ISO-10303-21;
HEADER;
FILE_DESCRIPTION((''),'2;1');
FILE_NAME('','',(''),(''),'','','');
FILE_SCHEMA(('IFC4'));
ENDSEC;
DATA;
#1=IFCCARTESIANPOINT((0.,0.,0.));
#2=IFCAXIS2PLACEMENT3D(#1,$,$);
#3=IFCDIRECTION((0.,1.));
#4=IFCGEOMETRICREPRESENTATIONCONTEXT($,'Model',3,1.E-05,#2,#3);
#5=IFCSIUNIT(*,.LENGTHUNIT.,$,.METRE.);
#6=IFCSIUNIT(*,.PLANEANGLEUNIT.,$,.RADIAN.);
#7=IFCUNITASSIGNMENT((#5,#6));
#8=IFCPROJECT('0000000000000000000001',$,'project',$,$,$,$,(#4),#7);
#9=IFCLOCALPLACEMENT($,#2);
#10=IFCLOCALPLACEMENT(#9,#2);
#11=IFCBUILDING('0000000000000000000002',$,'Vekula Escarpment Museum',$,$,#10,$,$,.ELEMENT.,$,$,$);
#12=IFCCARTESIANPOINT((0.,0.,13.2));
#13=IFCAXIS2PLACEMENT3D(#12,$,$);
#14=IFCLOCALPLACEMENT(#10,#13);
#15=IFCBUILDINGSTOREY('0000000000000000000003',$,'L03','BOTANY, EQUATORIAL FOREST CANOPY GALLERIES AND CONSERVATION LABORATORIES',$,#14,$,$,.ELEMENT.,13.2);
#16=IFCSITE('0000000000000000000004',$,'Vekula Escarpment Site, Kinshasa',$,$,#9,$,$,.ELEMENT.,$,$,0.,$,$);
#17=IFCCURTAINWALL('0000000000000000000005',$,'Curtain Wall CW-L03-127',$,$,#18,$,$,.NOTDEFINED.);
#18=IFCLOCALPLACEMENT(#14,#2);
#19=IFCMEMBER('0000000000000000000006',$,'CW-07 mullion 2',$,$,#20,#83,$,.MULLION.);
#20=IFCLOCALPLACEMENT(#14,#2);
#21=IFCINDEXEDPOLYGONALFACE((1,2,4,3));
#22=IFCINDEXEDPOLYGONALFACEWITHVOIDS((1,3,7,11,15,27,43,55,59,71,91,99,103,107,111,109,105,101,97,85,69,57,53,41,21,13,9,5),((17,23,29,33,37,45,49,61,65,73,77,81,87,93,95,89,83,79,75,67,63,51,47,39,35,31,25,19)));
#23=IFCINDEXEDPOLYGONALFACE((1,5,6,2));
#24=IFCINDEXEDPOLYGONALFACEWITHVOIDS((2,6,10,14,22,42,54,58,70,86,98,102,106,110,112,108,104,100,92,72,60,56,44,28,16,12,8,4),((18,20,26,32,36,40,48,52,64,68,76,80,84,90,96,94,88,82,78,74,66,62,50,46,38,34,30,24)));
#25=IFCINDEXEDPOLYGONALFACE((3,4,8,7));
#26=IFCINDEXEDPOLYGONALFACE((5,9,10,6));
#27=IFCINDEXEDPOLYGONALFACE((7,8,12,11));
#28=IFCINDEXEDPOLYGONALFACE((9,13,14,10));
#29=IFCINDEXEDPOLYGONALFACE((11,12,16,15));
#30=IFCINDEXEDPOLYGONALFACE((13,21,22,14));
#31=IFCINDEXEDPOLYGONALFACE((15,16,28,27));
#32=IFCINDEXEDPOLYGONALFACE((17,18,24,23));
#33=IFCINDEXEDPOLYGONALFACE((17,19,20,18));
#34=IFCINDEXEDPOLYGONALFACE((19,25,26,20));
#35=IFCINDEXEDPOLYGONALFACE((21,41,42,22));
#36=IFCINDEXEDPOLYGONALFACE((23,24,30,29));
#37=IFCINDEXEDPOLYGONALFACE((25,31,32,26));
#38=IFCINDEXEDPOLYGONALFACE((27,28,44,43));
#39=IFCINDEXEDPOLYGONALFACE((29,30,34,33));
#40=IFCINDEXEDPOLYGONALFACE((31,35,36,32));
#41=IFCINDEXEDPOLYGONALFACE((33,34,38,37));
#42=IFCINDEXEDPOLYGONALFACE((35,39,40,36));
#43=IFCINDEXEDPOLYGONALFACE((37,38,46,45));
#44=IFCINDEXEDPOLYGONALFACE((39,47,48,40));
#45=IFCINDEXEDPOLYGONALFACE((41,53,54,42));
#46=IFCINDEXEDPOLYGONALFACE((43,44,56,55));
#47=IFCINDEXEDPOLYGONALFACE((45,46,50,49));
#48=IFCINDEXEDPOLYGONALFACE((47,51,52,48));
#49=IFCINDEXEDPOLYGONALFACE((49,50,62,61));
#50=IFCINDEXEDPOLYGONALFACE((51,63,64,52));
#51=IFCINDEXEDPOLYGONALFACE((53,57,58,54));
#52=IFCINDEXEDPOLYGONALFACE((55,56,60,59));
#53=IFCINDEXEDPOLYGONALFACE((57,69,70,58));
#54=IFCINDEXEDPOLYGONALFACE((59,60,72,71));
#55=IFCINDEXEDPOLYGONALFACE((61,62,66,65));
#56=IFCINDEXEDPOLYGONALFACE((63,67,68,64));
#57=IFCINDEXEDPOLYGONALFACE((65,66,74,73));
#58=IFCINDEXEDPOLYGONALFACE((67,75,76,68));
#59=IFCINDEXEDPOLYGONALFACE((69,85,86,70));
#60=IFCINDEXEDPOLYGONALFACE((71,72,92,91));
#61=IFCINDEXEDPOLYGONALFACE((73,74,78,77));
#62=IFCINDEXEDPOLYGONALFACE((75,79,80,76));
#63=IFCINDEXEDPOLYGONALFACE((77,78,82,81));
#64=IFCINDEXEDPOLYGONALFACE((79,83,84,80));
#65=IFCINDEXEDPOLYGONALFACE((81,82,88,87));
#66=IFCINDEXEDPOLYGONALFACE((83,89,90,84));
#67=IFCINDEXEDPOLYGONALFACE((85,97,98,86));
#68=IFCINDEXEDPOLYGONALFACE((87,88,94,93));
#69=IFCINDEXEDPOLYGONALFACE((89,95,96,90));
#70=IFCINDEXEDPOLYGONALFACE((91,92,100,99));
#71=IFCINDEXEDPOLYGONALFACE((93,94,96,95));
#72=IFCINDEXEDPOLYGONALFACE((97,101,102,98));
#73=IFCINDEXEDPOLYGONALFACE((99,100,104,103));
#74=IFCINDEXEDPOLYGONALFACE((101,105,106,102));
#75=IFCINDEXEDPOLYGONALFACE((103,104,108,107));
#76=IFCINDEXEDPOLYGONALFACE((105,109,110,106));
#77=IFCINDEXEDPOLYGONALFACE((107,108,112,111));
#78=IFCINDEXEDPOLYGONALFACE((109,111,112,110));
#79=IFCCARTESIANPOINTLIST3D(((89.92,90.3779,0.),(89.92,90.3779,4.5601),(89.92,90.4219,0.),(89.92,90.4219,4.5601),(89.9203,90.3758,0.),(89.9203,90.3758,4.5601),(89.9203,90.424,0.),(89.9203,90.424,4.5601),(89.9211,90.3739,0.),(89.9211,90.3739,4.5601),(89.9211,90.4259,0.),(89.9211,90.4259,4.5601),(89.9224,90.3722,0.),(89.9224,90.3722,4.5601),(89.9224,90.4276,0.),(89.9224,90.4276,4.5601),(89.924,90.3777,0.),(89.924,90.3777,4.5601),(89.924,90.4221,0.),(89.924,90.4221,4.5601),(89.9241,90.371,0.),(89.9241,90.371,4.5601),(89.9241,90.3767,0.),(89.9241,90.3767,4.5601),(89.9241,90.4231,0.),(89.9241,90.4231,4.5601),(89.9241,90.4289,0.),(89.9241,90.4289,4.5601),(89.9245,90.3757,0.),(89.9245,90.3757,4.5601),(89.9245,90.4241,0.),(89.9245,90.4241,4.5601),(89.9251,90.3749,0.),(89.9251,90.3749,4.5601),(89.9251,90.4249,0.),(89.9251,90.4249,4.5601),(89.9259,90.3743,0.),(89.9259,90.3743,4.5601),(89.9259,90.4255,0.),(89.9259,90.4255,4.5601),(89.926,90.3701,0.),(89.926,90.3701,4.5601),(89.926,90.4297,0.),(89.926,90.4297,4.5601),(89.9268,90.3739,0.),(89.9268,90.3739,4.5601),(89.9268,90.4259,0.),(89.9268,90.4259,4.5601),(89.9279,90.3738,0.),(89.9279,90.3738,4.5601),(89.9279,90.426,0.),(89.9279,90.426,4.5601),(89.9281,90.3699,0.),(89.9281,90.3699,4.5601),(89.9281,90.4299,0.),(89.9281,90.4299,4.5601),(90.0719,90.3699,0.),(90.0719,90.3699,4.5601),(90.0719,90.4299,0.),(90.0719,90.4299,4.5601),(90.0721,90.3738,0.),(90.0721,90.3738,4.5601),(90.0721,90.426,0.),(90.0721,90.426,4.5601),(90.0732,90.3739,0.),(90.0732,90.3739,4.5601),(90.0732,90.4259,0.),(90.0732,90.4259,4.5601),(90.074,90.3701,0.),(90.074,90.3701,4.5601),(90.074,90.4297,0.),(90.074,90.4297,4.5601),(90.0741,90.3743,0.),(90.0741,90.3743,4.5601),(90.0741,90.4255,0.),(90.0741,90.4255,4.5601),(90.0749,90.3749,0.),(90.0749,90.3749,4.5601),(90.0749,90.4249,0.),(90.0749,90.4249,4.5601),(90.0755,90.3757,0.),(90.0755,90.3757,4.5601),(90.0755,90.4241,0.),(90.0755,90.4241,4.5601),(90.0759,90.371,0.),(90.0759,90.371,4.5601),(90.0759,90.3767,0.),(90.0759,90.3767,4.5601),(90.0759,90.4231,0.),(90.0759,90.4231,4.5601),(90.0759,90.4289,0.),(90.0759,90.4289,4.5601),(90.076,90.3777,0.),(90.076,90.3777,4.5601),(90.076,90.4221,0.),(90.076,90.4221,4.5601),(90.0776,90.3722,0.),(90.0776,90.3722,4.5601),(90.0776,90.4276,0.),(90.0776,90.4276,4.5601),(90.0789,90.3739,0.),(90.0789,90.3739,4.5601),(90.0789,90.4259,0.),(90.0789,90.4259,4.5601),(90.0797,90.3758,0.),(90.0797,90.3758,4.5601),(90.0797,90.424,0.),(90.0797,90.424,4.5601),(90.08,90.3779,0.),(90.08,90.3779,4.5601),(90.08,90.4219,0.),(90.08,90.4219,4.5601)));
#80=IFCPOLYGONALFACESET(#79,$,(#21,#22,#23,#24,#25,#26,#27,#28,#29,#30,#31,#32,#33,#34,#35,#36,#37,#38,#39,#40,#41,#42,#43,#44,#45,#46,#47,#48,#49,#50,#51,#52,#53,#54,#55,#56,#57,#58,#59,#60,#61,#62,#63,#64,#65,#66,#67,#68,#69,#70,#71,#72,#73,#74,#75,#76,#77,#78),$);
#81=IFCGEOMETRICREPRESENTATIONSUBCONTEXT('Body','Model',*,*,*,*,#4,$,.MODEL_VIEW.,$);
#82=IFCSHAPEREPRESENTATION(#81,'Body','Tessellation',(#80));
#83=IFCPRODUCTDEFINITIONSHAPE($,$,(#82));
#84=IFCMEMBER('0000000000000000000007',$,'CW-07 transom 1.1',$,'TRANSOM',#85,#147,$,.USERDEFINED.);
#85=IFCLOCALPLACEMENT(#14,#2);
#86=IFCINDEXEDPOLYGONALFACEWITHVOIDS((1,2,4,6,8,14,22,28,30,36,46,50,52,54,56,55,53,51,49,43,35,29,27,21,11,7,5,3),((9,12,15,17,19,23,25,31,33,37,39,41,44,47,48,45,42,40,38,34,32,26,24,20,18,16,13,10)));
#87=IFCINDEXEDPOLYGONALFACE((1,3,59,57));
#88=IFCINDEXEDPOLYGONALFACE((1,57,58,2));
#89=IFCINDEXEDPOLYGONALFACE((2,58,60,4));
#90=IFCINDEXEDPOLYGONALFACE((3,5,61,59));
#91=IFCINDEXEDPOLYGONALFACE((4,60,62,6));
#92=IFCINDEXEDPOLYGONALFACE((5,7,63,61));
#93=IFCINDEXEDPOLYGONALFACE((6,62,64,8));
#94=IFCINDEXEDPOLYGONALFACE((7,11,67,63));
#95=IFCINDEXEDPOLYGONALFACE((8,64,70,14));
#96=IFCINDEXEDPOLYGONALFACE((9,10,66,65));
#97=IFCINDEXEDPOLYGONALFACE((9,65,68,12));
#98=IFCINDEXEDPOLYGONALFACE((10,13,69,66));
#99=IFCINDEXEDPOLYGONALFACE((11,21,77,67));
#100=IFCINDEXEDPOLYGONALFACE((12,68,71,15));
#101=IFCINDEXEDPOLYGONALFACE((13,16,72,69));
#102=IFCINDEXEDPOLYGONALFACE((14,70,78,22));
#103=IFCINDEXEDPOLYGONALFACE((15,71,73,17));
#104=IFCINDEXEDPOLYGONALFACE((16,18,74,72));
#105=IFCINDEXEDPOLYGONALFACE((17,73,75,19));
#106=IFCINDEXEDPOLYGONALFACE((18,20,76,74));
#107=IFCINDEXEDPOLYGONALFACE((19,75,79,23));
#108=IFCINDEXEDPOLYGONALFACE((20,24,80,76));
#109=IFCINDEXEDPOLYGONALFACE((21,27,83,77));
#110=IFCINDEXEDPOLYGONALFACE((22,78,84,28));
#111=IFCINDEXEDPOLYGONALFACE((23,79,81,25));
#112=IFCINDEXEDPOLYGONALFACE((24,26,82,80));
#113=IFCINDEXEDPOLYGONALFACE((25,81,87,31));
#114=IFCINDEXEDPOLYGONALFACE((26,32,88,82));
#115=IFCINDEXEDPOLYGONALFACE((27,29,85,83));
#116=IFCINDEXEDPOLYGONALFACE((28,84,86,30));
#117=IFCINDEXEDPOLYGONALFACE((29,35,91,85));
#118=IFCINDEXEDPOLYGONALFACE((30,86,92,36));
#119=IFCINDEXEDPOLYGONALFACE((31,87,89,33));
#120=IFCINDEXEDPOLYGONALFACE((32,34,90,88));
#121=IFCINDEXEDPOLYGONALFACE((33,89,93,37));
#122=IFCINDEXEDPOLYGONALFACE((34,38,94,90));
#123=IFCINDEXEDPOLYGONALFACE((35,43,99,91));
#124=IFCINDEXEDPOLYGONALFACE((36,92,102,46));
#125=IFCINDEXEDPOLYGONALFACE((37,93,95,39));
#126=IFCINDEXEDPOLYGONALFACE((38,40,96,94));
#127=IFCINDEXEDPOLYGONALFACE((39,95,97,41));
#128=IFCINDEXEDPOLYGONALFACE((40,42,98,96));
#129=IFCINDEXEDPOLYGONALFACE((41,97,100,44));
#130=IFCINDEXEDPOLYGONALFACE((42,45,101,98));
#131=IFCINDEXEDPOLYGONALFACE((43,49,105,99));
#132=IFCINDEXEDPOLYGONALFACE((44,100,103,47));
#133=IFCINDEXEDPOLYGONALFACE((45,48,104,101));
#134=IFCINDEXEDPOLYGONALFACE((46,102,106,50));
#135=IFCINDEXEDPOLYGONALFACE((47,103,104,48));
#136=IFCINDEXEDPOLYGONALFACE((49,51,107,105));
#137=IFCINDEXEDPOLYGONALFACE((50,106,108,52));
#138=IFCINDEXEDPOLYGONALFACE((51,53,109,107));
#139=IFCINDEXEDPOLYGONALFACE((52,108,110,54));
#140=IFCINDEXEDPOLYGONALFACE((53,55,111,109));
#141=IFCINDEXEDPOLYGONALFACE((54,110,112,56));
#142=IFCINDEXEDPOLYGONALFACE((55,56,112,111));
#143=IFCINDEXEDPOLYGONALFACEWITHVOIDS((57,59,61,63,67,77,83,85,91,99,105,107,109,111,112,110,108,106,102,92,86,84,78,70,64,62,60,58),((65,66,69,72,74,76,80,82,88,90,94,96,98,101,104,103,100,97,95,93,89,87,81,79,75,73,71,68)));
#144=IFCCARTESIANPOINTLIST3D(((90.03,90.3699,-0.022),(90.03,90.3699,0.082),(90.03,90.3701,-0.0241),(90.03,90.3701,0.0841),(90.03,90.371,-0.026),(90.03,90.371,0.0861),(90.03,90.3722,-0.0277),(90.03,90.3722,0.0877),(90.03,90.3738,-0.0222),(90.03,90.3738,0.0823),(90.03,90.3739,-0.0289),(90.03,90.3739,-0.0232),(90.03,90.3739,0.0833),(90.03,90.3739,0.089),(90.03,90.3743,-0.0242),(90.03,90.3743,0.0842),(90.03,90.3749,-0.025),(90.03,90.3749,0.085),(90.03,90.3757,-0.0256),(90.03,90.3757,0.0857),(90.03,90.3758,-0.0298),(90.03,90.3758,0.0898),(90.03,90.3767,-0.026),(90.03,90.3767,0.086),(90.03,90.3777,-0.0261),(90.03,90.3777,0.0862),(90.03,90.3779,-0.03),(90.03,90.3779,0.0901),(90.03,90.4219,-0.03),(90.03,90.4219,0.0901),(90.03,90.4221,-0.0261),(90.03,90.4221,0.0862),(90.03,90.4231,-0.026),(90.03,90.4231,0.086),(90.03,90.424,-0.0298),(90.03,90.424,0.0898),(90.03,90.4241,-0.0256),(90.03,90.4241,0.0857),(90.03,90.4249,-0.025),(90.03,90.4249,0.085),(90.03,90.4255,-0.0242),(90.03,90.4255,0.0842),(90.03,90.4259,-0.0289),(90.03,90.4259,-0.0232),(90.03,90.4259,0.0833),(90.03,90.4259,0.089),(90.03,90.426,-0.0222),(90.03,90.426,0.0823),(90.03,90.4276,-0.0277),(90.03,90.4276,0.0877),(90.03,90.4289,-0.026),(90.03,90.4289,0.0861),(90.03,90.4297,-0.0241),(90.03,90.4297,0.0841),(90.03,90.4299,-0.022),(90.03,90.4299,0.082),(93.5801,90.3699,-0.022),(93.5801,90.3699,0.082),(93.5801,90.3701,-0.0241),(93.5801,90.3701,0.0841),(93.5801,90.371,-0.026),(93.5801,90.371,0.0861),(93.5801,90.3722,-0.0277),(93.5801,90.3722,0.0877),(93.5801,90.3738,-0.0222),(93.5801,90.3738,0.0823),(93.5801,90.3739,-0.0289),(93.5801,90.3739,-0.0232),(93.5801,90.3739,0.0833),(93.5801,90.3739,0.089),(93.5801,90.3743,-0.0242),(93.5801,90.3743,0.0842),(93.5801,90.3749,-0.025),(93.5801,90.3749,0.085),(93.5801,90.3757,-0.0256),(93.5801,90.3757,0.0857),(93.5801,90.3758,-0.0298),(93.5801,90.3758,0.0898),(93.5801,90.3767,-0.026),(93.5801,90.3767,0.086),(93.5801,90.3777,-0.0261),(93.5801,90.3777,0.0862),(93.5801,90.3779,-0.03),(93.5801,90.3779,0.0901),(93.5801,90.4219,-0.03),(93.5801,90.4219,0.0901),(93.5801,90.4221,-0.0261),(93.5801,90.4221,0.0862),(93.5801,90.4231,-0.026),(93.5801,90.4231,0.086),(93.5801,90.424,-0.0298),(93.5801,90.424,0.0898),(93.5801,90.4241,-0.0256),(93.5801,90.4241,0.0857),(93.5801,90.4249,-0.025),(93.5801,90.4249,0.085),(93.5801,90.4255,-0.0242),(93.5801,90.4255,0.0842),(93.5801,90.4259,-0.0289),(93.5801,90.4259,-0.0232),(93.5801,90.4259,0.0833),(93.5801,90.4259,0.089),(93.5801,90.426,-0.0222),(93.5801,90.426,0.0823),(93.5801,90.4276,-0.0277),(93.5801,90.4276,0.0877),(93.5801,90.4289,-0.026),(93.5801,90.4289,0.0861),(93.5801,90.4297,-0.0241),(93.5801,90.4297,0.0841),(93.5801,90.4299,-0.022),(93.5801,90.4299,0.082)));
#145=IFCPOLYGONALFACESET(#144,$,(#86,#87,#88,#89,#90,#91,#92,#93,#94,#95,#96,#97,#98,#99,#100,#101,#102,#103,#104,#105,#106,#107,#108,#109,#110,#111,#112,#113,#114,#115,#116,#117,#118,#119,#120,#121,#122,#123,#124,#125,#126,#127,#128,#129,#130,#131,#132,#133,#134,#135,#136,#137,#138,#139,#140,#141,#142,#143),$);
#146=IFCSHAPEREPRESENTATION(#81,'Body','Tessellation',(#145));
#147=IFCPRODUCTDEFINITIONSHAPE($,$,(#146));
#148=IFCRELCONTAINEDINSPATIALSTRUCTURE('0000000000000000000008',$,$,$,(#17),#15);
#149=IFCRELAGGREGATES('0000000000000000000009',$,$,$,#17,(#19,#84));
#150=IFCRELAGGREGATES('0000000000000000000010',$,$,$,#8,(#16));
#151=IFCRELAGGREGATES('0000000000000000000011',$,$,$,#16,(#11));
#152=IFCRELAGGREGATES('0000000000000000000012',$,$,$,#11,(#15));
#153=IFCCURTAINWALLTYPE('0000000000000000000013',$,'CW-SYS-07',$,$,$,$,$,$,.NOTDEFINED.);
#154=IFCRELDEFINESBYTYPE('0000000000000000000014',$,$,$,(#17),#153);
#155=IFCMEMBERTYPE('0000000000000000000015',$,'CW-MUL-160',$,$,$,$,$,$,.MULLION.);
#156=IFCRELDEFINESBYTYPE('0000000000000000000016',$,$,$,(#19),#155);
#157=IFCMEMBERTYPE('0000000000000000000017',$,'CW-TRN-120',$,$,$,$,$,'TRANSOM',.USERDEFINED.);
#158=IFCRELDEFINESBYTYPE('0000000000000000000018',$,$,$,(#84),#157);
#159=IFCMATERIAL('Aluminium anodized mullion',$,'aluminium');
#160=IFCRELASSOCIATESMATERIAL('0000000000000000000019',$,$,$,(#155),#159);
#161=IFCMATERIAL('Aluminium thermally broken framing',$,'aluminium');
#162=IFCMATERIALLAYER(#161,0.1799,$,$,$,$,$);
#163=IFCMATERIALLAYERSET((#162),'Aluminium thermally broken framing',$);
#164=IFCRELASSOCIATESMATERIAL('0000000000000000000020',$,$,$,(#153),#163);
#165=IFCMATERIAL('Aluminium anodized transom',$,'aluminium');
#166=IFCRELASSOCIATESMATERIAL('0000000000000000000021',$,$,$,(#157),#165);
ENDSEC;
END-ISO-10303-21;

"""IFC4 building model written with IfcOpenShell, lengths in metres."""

from ifc_helpers import new_model, si_unit, direction, frame, origin, origin_2d, place, context, subcontext, project, spatial, hollow_rectangle, extrude, material, layer, layer_set, material_profile, profile_set, type_object, element, aggregate, save


model = new_model("IFC4")

# Units and contexts
model_context = context("Model", 3, precision=1e-05, world=origin(), true_north=direction((0.0, 1.0)))
body_context = subcontext(model_context, "Body", "Model", "MODEL_VIEW")
ifc_project = project(units=[si_unit("LENGTHUNIT", "METRE"), si_unit("PLANEANGLEUNIT", "RADIAN")], contexts=[model_context])

# Site, building, storey
site_placement = place(None, origin())
site = spatial("IfcSite", under=ifc_project, at=site_placement, Name="Vekula Escarpment Site, Kinshasa", CompositionType="ELEMENT", RefElevation=0.0)
building_placement = place(site_placement, origin())
building = spatial("IfcBuilding", under=site, at=building_placement, Name="Vekula Escarpment Museum", CompositionType="ELEMENT")
storey_placement = place(building_placement, frame((0.0, 0.0, 13.2)))
storey = spatial("IfcBuildingStorey", under=building, at=storey_placement, Name="L03", Description="BOTANY, EQUATORIAL FOREST CANOPY GALLERIES AND CONSERVATION LABORATORIES", CompositionType="ELEMENT", Elevation=13.2)

# Shared definitions
ifc_material_1 = material(Name="Aluminium anodized mullion", Category="aluminium")
ifc_material_profile_1 = material_profile(ifc_material_1, hollow_rectangle(XDim=0.0601, YDim=0.1599, WallThickness=0.0039, InnerFilletRadius=0.0039, OuterFilletRadius=0.0081, at=origin_2d()), Name="ALU 160x60x4")
ifc_profile_set_1 = profile_set([ifc_material_profile_1], Name="Aluminium anodized mullion")
member_type_1 = type_object("IfcMemberType", Name="CW-MUL-160", PredefinedType="MULLION", material=ifc_profile_set_1)

# Curtain wall, members
ifc_material_2 = material(Name="Aluminium thermally broken framing", Category="aluminium")
ifc_layer_1 = layer(ifc_material_2, 0.1799)
ifc_layer_set_1 = layer_set([ifc_layer_1], Name="Aluminium thermally broken framing")
curtain_wall_type_1 = type_object("IfcCurtainWallType", Name="CW-SYS-07", PredefinedType="NOTDEFINED", material=ifc_layer_set_1)
curtain_wall_1_placement = place(storey_placement, origin())
curtain_wall_1 = element("IfcCurtainWall", 1, at=curtain_wall_1_placement, inside=storey, type_object=curtain_wall_type_1, Name="Curtain Wall CW-L03-127", PredefinedType="NOTDEFINED")
member_1_placement = place(storey_placement, frame((90.0, 90.3999, 0.0), z_axis=(0.0, 0.0, 1.0), x_axis=(0.0, -1.0, 0.0)))
member_1 = element("IfcMember", 2, at=member_1_placement, type_object=member_type_1, Name="CW-07 mullion 2", PredefinedType="MULLION", context=body_context, shape_type="SweptSolid", body=[
    extrude(hollow_rectangle(XDim=0.0601, YDim=0.1599, WallThickness=0.0039, InnerFilletRadius=0.0039, OuterFilletRadius=0.0081, at=origin_2d()), origin(), (0.0, 0.0, 1.0), 4.5601),
])
ifc_material_3 = material(Name="Aluminium anodized transom", Category="aluminium")
ifc_material_profile_2 = material_profile(ifc_material_3, hollow_rectangle(XDim=0.0601, YDim=0.1201, WallThickness=0.0039, InnerFilletRadius=0.0039, OuterFilletRadius=0.0081, at=origin_2d()), Name="ALU 120x60x4")
ifc_profile_set_2 = profile_set([ifc_material_profile_2], Name="Aluminium anodized transom")
member_type_2 = type_object("IfcMemberType", Name="CW-TRN-120", ElementType="TRANSOM", PredefinedType="USERDEFINED", material=ifc_profile_set_2)
member_2_placement = place(storey_placement, frame((93.5801, 90.3999, 0.03), z_axis=(-1.0, 0.0, 0.0), x_axis=(0.0, -1.0, 0.0)))
member_2 = element("IfcMember", 3, at=member_2_placement, type_object=member_type_2, Name="CW-07 transom 1.1", ObjectType="TRANSOM", PredefinedType="USERDEFINED", context=body_context, shape_type="SweptSolid", body=[
    extrude(hollow_rectangle(XDim=0.0601, YDim=0.1201, WallThickness=0.0039, InnerFilletRadius=0.0039, OuterFilletRadius=0.0081, at=origin_2d()), origin(), (0.0, 0.0, 1.0), 3.55),
])

aggregate(curtain_wall_1, [member_1, member_2])

save(model, "model.ifc")
